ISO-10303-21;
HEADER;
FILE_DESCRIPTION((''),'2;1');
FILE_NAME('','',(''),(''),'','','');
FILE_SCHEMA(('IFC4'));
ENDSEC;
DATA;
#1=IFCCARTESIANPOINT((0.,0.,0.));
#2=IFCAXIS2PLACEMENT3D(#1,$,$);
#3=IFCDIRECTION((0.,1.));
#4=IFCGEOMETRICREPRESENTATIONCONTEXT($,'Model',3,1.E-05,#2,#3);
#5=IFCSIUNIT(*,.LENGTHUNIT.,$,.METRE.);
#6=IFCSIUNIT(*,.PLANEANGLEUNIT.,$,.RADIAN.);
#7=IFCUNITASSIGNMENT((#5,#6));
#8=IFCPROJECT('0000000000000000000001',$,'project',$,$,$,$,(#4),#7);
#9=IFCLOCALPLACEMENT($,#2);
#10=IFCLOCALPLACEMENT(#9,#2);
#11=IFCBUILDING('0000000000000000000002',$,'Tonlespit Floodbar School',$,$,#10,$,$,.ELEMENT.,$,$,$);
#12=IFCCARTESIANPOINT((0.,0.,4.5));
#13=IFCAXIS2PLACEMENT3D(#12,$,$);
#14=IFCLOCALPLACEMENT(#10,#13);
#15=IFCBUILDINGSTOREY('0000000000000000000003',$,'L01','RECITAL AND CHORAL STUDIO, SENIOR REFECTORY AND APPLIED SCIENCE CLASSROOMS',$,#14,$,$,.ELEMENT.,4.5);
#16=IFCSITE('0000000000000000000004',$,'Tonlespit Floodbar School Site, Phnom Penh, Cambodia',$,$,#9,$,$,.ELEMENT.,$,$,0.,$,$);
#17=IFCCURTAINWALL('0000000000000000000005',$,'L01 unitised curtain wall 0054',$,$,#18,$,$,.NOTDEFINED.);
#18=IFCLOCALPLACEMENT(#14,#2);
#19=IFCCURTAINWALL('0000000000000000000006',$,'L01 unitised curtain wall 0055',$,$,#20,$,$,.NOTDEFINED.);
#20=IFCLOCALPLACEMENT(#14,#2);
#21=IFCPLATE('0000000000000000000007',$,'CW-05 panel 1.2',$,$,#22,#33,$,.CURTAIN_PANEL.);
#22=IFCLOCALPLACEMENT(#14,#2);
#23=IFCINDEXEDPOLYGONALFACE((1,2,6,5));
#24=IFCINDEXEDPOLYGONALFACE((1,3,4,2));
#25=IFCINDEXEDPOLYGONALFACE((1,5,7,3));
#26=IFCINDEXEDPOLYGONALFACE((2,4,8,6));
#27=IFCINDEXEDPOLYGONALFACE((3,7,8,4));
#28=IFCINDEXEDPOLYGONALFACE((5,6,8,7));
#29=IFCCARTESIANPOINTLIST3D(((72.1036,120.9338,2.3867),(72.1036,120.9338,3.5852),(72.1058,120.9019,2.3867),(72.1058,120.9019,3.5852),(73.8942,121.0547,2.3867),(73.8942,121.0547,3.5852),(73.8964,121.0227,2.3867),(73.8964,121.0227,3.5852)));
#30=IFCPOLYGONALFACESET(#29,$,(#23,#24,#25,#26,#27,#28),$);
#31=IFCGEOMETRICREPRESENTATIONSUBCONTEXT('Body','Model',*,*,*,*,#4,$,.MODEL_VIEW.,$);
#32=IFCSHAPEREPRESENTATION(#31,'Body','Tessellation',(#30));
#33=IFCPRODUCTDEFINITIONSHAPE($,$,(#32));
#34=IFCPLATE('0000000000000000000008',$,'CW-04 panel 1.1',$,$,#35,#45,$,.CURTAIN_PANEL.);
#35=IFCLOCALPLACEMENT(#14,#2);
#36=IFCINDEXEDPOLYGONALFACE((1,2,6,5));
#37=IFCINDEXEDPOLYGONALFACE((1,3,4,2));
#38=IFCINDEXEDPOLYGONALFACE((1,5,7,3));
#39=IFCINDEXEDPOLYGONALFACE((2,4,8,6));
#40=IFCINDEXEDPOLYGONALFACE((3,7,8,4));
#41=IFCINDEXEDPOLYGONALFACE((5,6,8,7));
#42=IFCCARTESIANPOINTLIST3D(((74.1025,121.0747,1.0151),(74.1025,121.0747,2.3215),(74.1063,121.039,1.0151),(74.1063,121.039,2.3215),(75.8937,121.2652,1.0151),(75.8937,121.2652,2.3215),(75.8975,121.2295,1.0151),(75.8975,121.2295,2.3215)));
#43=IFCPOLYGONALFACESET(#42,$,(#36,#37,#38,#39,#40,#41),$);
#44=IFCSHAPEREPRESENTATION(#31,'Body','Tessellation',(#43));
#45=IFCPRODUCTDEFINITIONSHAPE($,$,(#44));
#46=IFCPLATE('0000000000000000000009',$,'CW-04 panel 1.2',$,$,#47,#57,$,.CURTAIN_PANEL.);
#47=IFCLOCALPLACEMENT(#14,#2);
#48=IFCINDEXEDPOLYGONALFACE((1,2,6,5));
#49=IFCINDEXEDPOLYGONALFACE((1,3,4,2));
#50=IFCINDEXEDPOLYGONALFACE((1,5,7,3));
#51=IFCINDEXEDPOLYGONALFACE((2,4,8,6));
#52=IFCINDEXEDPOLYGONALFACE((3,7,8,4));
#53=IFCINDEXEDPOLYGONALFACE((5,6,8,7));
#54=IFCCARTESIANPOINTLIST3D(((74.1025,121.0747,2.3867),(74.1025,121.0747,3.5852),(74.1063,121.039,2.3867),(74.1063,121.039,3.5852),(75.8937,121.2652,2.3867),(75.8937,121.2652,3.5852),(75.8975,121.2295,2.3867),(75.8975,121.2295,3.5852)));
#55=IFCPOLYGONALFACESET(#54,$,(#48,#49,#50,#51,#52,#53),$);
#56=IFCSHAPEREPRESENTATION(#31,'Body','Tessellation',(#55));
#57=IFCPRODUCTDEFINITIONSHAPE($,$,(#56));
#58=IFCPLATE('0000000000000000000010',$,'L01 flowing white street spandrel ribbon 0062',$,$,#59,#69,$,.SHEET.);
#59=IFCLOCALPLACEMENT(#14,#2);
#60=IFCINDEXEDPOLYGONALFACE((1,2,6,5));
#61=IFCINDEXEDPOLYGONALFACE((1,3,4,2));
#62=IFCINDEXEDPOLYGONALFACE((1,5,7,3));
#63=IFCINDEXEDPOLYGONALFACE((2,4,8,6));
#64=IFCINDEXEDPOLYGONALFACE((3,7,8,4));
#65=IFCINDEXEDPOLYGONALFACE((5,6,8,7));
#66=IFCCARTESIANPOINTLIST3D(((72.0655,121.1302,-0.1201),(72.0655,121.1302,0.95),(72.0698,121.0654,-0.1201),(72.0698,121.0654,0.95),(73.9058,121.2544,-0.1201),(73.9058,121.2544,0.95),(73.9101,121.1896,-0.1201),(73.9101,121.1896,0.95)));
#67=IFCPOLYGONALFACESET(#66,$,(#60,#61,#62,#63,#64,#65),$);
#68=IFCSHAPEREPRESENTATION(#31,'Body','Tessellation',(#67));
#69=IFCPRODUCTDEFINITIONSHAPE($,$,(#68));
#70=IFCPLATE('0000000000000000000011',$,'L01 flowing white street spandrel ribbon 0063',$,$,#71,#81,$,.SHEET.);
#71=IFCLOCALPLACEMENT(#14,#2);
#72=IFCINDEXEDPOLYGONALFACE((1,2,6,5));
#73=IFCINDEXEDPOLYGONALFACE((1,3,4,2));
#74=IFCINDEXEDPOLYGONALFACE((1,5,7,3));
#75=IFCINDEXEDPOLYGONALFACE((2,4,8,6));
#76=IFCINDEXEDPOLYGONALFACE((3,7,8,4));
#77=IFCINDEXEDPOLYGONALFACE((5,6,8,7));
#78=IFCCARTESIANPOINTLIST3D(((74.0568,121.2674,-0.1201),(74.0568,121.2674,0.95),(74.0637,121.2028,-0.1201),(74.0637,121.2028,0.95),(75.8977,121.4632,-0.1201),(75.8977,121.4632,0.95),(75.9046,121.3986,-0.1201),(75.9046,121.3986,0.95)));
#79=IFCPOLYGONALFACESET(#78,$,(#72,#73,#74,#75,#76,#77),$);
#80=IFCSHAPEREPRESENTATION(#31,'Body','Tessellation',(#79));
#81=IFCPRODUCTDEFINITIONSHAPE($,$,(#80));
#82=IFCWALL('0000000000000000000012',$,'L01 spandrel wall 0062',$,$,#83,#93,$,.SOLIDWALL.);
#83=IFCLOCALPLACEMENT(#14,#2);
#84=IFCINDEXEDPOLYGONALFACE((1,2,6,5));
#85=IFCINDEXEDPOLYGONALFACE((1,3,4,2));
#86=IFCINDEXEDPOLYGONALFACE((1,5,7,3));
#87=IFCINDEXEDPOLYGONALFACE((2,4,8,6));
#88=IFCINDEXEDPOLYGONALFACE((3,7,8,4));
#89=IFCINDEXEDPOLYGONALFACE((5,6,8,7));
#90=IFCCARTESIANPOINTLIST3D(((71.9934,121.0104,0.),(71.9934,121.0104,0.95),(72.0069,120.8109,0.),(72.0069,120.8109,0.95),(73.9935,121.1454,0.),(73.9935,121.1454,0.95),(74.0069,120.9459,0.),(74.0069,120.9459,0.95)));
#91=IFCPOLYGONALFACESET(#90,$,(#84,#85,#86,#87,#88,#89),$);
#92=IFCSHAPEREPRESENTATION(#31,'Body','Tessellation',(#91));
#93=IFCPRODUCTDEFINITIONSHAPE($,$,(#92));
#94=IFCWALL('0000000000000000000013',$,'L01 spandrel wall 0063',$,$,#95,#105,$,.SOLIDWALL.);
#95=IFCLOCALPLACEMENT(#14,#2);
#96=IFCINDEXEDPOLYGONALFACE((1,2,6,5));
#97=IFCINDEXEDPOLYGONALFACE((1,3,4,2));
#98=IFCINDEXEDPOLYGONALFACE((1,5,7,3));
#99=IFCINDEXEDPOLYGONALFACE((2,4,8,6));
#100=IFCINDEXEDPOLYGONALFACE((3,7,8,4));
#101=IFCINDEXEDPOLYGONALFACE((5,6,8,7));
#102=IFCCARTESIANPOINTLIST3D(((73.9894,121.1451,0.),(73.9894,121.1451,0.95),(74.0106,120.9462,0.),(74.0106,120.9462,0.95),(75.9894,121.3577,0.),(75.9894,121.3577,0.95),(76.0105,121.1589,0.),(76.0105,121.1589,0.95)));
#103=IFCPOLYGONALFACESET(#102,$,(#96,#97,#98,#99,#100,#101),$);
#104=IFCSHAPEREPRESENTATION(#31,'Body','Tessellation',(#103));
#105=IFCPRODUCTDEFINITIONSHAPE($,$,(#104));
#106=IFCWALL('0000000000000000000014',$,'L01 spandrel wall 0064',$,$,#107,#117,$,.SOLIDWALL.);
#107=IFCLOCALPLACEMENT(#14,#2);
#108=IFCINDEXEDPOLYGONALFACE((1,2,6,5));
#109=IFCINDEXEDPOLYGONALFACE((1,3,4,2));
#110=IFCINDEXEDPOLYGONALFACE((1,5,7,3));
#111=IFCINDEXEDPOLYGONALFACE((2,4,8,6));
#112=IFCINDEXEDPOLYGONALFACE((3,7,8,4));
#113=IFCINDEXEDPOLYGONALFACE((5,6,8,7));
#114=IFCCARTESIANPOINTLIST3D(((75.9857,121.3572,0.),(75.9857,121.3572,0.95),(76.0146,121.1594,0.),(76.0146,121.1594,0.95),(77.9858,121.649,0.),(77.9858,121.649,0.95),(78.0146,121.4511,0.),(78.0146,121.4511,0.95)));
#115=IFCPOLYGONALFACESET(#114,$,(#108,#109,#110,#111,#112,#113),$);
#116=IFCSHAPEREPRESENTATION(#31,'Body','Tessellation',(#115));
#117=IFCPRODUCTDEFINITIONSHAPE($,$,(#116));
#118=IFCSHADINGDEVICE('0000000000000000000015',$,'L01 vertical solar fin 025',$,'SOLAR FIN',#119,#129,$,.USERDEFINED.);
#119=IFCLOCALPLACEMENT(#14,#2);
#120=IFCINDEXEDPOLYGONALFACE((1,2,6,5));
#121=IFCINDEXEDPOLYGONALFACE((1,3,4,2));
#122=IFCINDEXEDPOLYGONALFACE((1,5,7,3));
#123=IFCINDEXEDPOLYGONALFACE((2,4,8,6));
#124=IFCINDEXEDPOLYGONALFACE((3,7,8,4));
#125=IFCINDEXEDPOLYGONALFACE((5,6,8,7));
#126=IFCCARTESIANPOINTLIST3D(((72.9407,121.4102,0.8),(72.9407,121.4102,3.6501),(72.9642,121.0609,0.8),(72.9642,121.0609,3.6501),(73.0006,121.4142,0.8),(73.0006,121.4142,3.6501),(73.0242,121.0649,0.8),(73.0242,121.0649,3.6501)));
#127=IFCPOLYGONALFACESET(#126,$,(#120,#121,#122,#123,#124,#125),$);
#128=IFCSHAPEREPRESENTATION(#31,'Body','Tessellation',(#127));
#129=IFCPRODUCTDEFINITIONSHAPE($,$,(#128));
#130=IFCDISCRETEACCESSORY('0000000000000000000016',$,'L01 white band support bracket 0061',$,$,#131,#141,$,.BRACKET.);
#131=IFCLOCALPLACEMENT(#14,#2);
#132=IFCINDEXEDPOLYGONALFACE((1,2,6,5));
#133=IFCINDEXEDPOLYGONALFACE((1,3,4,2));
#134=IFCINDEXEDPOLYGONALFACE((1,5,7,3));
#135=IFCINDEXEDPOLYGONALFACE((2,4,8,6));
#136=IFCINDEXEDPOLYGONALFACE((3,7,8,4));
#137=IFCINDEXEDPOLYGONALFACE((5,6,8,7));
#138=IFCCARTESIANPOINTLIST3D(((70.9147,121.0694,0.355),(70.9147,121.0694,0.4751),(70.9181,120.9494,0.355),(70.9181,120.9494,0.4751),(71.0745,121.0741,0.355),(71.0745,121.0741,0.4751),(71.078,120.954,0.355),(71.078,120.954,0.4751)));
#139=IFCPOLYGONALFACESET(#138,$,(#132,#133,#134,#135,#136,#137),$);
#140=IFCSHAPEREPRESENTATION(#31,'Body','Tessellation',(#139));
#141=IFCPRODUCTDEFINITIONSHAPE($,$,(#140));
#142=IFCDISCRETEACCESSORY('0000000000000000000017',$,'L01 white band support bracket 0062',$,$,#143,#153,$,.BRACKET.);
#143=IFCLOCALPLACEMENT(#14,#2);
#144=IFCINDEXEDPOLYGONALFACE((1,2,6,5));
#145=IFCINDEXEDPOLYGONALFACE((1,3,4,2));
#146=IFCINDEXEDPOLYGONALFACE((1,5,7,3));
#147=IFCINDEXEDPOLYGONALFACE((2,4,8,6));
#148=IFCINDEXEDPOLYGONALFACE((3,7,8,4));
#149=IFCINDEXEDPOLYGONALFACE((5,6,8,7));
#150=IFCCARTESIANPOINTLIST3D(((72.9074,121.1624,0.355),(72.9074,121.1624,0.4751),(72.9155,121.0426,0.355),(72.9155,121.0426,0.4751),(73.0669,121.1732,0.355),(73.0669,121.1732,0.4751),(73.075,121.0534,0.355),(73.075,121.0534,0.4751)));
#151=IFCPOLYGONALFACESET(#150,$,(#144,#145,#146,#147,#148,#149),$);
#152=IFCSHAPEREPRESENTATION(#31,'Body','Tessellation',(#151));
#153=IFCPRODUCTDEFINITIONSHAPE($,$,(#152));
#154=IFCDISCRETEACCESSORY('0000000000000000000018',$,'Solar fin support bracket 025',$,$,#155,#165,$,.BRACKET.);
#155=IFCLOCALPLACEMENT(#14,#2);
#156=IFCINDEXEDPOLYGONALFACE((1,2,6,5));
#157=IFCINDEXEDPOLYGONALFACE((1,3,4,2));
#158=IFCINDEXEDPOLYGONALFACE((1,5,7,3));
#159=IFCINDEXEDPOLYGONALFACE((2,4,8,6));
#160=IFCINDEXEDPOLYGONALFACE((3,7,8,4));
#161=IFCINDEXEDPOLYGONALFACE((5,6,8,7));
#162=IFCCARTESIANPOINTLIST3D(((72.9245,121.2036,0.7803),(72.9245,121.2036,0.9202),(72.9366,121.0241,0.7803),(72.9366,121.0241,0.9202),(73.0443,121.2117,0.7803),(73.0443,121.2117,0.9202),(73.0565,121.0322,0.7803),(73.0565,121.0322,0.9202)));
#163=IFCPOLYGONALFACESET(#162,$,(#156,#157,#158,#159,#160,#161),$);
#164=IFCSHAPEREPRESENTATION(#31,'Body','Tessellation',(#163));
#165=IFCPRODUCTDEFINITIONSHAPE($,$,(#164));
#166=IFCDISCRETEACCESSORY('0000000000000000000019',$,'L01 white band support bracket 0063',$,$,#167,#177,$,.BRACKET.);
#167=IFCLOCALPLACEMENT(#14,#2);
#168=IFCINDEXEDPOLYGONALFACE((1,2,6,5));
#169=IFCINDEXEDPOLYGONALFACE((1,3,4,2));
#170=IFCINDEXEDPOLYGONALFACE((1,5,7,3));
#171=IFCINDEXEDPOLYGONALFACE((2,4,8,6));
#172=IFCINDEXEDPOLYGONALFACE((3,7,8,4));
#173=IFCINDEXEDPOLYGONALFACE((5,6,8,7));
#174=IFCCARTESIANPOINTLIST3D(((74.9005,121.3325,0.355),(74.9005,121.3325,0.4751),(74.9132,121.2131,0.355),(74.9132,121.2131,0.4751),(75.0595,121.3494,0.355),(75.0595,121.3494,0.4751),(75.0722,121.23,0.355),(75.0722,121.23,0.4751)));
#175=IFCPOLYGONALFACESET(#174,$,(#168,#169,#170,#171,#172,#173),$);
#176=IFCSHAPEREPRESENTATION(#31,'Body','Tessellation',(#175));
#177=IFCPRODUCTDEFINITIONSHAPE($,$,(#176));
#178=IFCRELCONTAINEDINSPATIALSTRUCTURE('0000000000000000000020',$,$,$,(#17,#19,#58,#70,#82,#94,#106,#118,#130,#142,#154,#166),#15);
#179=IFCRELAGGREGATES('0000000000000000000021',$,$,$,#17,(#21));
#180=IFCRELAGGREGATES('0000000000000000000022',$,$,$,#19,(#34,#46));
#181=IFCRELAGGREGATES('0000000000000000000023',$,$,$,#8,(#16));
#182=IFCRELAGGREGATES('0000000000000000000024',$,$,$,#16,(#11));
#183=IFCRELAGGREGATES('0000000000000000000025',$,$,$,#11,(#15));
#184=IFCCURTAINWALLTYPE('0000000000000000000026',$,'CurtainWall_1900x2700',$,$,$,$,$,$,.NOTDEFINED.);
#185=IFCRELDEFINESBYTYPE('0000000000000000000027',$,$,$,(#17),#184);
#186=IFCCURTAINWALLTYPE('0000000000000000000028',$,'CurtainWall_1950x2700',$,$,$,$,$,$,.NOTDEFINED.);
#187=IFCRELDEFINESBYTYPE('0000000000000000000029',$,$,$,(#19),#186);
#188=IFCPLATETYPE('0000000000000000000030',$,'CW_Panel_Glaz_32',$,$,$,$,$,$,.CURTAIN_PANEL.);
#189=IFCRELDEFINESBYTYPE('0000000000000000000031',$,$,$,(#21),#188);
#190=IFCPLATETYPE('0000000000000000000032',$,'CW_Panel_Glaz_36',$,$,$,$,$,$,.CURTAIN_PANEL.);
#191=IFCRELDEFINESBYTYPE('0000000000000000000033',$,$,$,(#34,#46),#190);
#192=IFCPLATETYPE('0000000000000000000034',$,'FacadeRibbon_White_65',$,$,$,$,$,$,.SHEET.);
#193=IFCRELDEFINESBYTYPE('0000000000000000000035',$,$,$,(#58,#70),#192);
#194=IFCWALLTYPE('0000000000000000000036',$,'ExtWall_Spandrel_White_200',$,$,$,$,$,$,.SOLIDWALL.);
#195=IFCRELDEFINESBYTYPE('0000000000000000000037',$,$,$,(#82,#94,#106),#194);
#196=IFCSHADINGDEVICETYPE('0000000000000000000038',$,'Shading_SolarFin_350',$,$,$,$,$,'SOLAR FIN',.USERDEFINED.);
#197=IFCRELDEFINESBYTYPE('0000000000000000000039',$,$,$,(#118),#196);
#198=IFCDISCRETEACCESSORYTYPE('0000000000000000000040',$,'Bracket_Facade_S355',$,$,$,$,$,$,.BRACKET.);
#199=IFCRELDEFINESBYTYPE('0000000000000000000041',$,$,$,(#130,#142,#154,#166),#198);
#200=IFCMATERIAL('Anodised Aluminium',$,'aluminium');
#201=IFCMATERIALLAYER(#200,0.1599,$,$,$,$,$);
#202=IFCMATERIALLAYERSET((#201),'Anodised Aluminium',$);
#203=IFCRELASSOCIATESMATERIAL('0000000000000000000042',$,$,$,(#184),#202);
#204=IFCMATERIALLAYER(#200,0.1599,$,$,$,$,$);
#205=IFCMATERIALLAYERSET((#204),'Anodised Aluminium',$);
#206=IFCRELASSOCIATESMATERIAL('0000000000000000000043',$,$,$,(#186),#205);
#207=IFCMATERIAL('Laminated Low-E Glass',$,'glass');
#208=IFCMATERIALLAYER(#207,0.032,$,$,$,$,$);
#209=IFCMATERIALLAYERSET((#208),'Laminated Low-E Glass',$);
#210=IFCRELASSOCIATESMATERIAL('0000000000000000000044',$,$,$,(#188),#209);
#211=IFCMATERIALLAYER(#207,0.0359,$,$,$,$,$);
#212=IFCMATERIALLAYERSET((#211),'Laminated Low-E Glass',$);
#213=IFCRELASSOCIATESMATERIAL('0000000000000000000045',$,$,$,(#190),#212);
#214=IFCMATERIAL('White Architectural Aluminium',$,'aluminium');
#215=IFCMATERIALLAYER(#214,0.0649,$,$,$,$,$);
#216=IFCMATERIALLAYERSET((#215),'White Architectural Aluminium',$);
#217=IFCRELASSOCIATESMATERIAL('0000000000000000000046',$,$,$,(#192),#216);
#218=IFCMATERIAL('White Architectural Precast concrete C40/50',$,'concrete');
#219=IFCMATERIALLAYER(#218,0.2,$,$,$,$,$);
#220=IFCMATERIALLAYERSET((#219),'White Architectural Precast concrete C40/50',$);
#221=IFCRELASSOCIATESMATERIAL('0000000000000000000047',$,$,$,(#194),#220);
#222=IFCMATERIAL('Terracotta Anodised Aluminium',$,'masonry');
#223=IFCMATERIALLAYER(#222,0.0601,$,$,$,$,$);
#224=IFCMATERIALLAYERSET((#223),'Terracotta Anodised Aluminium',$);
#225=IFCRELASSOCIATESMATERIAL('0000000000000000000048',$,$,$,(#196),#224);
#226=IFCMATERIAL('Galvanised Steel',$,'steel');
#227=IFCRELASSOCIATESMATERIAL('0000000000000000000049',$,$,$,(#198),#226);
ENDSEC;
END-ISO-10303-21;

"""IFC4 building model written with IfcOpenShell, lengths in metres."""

from ifc_helpers import new_model, si_unit, direction, frame, frame_2d, origin, origin_2d, place, context, subcontext, project, spatial, rectangle, extrude, material, layer, layer_set, type_object, element, aggregate, save


model = new_model("IFC4")

# Units and contexts
model_context = context("Model", 3, precision=1e-05, world=origin(), true_north=direction((0.0, 1.0)))
body_context = subcontext(model_context, "Body", "Model", "MODEL_VIEW")
ifc_project = project(units=[si_unit("LENGTHUNIT", "METRE"), si_unit("PLANEANGLEUNIT", "RADIAN")], contexts=[model_context])

# Site, building, storey
site_placement = place(None, origin())
site = spatial("IfcSite", under=ifc_project, at=site_placement, Name="Tonlespit Floodbar School Site, Phnom Penh, Cambodia", CompositionType="ELEMENT", RefElevation=0.0)
building_placement = place(site_placement, origin())
building = spatial("IfcBuilding", under=site, at=building_placement, Name="Tonlespit Floodbar School", CompositionType="ELEMENT")
storey_placement = place(building_placement, frame((0.0, 0.0, 4.5)))
storey = spatial("IfcBuildingStorey", under=building, at=storey_placement, Name="L01", Description="RECITAL AND CHORAL STUDIO, SENIOR REFECTORY AND APPLIED SCIENCE CLASSROOMS", CompositionType="ELEMENT", Elevation=4.5)

# Curtain wall
ifc_material_1 = material(Name="Anodised Aluminium", Category="aluminium")
ifc_layer_1 = layer(ifc_material_1, 0.1599)
ifc_layer_set_1 = layer_set([ifc_layer_1], Name="Anodised Aluminium")
curtain_wall_type_1 = type_object("IfcCurtainWallType", Name="CurtainWall_1900x2700", PredefinedType="NOTDEFINED", material=ifc_layer_set_1)
curtain_wall_1_placement = place(storey_placement, origin())
curtain_wall_1 = element("IfcCurtainWall", 1, at=curtain_wall_1_placement, inside=storey, type_object=curtain_wall_type_1, Name="L01 unitised curtain wall 0054", PredefinedType="NOTDEFINED")

# Curtain wall
ifc_layer_2 = layer(ifc_material_1, 0.1599)
ifc_layer_set_2 = layer_set([ifc_layer_2], Name="Anodised Aluminium")
curtain_wall_type_2 = type_object("IfcCurtainWallType", Name="CurtainWall_1950x2700", PredefinedType="NOTDEFINED", material=ifc_layer_set_2)
curtain_wall_2_placement = place(storey_placement, origin())
curtain_wall_2 = element("IfcCurtainWall", 2, at=curtain_wall_2_placement, inside=storey, type_object=curtain_wall_type_2, Name="L01 unitised curtain wall 0055", PredefinedType="NOTDEFINED")

# Plates
ifc_material_2 = material(Name="Laminated Low-E Glass", Category="glass")
ifc_layer_3 = layer(ifc_material_2, 0.032)
ifc_layer_set_3 = layer_set([ifc_layer_3], Name="Laminated Low-E Glass")
plate_type_1 = type_object("IfcPlateType", Name="CW_Panel_Glaz_32", PredefinedType="CURTAIN_PANEL", material=ifc_layer_set_3)
plate_1_placement = place(storey_placement, frame((73.0, 120.9783, 2.3867), z_axis=(0.0, 0.0, 1.0), x_axis=(0.99773, 0.06734, 0.0)))
plate_1 = element("IfcPlate", 3, at=plate_1_placement, type_object=plate_type_1, Name="CW-05 panel 1.2", PredefinedType="CURTAIN_PANEL", context=body_context, shape_type="SweptSolid", body=[
    extrude(rectangle(XDim=1.7947, YDim=0.032, at=origin_2d()), origin(), (0.0, 0.0, 1.0), 1.1985),
])
aggregate(curtain_wall_1, [plate_1])
ifc_layer_4 = layer(ifc_material_2, 0.0359)
ifc_layer_set_4 = layer_set([ifc_layer_4], Name="Laminated Low-E Glass")
plate_type_2 = type_object("IfcPlateType", Name="CW_Panel_Glaz_36", PredefinedType="CURTAIN_PANEL", material=ifc_layer_set_4)
plate_2_placement = place(storey_placement, frame((75.0, 121.1521, 1.0151), z_axis=(0.0, 0.0, 1.0), x_axis=(0.994389, 0.105787, 0.0)))
plate_2 = element("IfcPlate", 4, at=plate_2_placement, type_object=plate_type_2, Name="CW-04 panel 1.1", PredefinedType="CURTAIN_PANEL", context=body_context, shape_type="SweptSolid", body=[
    extrude(rectangle(XDim=1.8013, YDim=0.0359, at=origin_2d()), origin(), (0.0, 0.0, 1.0), 1.3064),
])
plate_3_placement = place(storey_placement, frame((75.0, 121.1521, 2.3867), z_axis=(0.0, 0.0, 1.0), x_axis=(0.994389, 0.105787, 0.0)))
plate_3 = element("IfcPlate", 5, at=plate_3_placement, type_object=plate_type_2, Name="CW-04 panel 1.2", PredefinedType="CURTAIN_PANEL", context=body_context, shape_type="SweptSolid", body=[
    extrude(rectangle(XDim=1.8013, YDim=0.0359, at=origin_2d()), origin(), (0.0, 0.0, 1.0), 1.1985),
])
aggregate(curtain_wall_2, [plate_2, plate_3])

# Plates
ifc_material_3 = material(Name="White Architectural Aluminium", Category="aluminium")
ifc_layer_5 = layer(ifc_material_3, 0.0649)
ifc_layer_set_5 = layer_set([ifc_layer_5], Name="White Architectural Aluminium")
plate_type_3 = type_object("IfcPlateType", Name="FacadeRibbon_White_65", PredefinedType="SHEET", material=ifc_layer_set_5)
plate_4_placement = place(storey_placement, frame((72.9878, 121.1599, -0.1201), z_axis=(0.0, 0.0, 1.0), x_axis=(0.99773, 0.067347, 0.0)))
element("IfcPlate", 6, at=plate_4_placement, inside=storey, type_object=plate_type_3, Name="L01 flowing white street spandrel ribbon 0062", PredefinedType="SHEET", context=body_context, shape_type="SweptSolid", body=[
    extrude(rectangle(XDim=1.8445, YDim=0.0649, at=origin_2d()), origin(), (0.0, 0.0, 1.0), 1.0701),
])
plate_5_placement = place(storey_placement, frame((74.9807, 121.333, -0.1201), z_axis=(0.0, 0.0, 1.0), x_axis=(0.994392, 0.105754, 0.0)))
element("IfcPlate", 7, at=plate_5_placement, inside=storey, type_object=plate_type_3, Name="L01 flowing white street spandrel ribbon 0063", PredefinedType="SHEET", context=body_context, shape_type="SweptSolid", body=[
    extrude(rectangle(XDim=1.8513, YDim=0.0649, at=origin_2d()), origin(), (0.0, 0.0, 1.0), 1.0701),
])

# Walls
ifc_material_4 = material(Name="White Architectural Precast concrete C40/50", Category="concrete")
ifc_layer_6 = layer(ifc_material_4, 0.2)
ifc_layer_set_6 = layer_set([ifc_layer_6], Name="White Architectural Precast concrete C40/50")
wall_type = type_object("IfcWallType", Name="ExtWall_Spandrel_White_200", PredefinedType="SOLIDWALL", material=ifc_layer_set_6)
wall_1_placement = place(storey_placement, frame((72.0, 120.9106, 0.0), z_axis=(0.0, 0.0, 1.0), x_axis=(0.997729, 0.067352, 0.0)))
element("IfcWall", 8, at=wall_1_placement, inside=storey, type_object=wall_type, Name="L01 spandrel wall 0062", PredefinedType="SOLIDWALL", context=body_context, shape_type="SweptSolid", body=[
    extrude(rectangle(XDim=2.0046, YDim=0.2, at=frame_2d((1.0024, 0.0))), origin(), (0.0, 0.0, 1.0), 0.95),
])
wall_2_placement = place(storey_placement, frame((74.0, 121.0457, 0.0), z_axis=(0.0, 0.0, 1.0), x_axis=(0.994395, 0.105727, 0.0)))
element("IfcWall", 9, at=wall_2_placement, inside=storey, type_object=wall_type, Name="L01 spandrel wall 0063", PredefinedType="SOLIDWALL", context=body_context, shape_type="SweptSolid", body=[
    extrude(rectangle(XDim=2.0112, YDim=0.2, at=frame_2d((1.0056, 0.0))), origin(), (0.0, 0.0, 1.0), 0.95),
])
wall_3_placement = place(storey_placement, frame((76.0, 121.2583, 0.0), z_axis=(0.0, 0.0, 1.0), x_axis=(0.989527, 0.144346, 0.0)))
element("IfcWall", 10, at=wall_3_placement, inside=storey, type_object=wall_type, Name="L01 spandrel wall 0064", PredefinedType="SOLIDWALL", context=body_context, shape_type="SweptSolid", body=[
    extrude(rectangle(XDim=2.0212, YDim=0.2, at=frame_2d((1.0107, 0.0))), origin(), (0.0, 0.0, 1.0), 0.95),
])

# Shading device
ifc_material_5 = material(Name="Terracotta Anodised Aluminium", Category="masonry")
ifc_layer_7 = layer(ifc_material_5, 0.0601)
ifc_layer_set_7 = layer_set([ifc_layer_7], Name="Terracotta Anodised Aluminium")
shading_device_type = type_object("IfcShadingDeviceType", Name="Shading_SolarFin_350", ElementType="SOLAR FIN", PredefinedType="USERDEFINED", material=ifc_layer_set_7)
shading_device_placement = place(storey_placement, frame((72.9824, 121.2375, 0.8), z_axis=(0.0, 0.0, 1.0), x_axis=(0.99773, 0.067347, 0.0)))
element("IfcShadingDevice", 11, at=shading_device_placement, inside=storey, type_object=shading_device_type, Name="L01 vertical solar fin 025", ObjectType="SOLAR FIN", PredefinedType="USERDEFINED", context=body_context, shape_type="SweptSolid", body=[
    extrude(rectangle(XDim=0.0601, YDim=0.3501, at=origin_2d()), origin(), (0.0, 0.0, 1.0), 2.8501),
])

# Discrete accessories
ifc_material_6 = material(Name="Galvanised Steel", Category="steel")
discrete_accessory_type = type_object("IfcDiscreteAccessoryType", Name="Bracket_Facade_S355", PredefinedType="BRACKET", material=ifc_material_6)
for number, where, z_axis, x_axis, name in (
    (12, (70.9963, 121.0117, 0.355), (0.0, 0.0, 1.0), (0.999584, 0.028838, 0.0), "L01 white band support bracket 0061"),
    (13, (72.9912, 121.1079, 0.355), (0.0, 0.0, 1.0), (0.99773, 0.067347, 0.0), "L01 white band support bracket 0062"),
):
    element("IfcDiscreteAccessory", number, at=place(storey_placement, frame(where, z_axis=z_axis, x_axis=x_axis)), inside=storey, type_object=discrete_accessory_type, Name=name, PredefinedType="BRACKET", context=body_context, shape_type="SweptSolid", body=[
        extrude(rectangle(XDim=0.1599, YDim=0.1201, at=origin_2d()), origin(), (0.0, 0.0, 1.0), 0.1201),
    ])
discrete_accessory_1_placement = place(storey_placement, frame((72.9905, 121.1179, 0.7803), z_axis=(0.0, 0.0, 1.0), x_axis=(0.99773, 0.067347, 0.0)))
element("IfcDiscreteAccessory", 14, at=discrete_accessory_1_placement, inside=storey, type_object=discrete_accessory_type, Name="Solar fin support bracket 025", PredefinedType="BRACKET", context=body_context, shape_type="SweptSolid", body=[
    extrude(rectangle(XDim=0.1201, YDim=0.1799, at=origin_2d()), origin(), (0.0, 0.0, 1.0), 0.1399),
])
discrete_accessory_2_placement = place(storey_placement, frame((74.9863, 121.2812, 0.355), z_axis=(0.0, 0.0, 1.0), x_axis=(0.994392, 0.105754, 0.0)))
element("IfcDiscreteAccessory", 15, at=discrete_accessory_2_placement, inside=storey, type_object=discrete_accessory_type, Name="L01 white band support bracket 0063", PredefinedType="BRACKET", context=body_context, shape_type="SweptSolid", body=[
    extrude(rectangle(XDim=0.1599, YDim=0.1201, at=origin_2d()), origin(), (0.0, 0.0, 1.0), 0.1201),
])

save(model, "model.ifc")
